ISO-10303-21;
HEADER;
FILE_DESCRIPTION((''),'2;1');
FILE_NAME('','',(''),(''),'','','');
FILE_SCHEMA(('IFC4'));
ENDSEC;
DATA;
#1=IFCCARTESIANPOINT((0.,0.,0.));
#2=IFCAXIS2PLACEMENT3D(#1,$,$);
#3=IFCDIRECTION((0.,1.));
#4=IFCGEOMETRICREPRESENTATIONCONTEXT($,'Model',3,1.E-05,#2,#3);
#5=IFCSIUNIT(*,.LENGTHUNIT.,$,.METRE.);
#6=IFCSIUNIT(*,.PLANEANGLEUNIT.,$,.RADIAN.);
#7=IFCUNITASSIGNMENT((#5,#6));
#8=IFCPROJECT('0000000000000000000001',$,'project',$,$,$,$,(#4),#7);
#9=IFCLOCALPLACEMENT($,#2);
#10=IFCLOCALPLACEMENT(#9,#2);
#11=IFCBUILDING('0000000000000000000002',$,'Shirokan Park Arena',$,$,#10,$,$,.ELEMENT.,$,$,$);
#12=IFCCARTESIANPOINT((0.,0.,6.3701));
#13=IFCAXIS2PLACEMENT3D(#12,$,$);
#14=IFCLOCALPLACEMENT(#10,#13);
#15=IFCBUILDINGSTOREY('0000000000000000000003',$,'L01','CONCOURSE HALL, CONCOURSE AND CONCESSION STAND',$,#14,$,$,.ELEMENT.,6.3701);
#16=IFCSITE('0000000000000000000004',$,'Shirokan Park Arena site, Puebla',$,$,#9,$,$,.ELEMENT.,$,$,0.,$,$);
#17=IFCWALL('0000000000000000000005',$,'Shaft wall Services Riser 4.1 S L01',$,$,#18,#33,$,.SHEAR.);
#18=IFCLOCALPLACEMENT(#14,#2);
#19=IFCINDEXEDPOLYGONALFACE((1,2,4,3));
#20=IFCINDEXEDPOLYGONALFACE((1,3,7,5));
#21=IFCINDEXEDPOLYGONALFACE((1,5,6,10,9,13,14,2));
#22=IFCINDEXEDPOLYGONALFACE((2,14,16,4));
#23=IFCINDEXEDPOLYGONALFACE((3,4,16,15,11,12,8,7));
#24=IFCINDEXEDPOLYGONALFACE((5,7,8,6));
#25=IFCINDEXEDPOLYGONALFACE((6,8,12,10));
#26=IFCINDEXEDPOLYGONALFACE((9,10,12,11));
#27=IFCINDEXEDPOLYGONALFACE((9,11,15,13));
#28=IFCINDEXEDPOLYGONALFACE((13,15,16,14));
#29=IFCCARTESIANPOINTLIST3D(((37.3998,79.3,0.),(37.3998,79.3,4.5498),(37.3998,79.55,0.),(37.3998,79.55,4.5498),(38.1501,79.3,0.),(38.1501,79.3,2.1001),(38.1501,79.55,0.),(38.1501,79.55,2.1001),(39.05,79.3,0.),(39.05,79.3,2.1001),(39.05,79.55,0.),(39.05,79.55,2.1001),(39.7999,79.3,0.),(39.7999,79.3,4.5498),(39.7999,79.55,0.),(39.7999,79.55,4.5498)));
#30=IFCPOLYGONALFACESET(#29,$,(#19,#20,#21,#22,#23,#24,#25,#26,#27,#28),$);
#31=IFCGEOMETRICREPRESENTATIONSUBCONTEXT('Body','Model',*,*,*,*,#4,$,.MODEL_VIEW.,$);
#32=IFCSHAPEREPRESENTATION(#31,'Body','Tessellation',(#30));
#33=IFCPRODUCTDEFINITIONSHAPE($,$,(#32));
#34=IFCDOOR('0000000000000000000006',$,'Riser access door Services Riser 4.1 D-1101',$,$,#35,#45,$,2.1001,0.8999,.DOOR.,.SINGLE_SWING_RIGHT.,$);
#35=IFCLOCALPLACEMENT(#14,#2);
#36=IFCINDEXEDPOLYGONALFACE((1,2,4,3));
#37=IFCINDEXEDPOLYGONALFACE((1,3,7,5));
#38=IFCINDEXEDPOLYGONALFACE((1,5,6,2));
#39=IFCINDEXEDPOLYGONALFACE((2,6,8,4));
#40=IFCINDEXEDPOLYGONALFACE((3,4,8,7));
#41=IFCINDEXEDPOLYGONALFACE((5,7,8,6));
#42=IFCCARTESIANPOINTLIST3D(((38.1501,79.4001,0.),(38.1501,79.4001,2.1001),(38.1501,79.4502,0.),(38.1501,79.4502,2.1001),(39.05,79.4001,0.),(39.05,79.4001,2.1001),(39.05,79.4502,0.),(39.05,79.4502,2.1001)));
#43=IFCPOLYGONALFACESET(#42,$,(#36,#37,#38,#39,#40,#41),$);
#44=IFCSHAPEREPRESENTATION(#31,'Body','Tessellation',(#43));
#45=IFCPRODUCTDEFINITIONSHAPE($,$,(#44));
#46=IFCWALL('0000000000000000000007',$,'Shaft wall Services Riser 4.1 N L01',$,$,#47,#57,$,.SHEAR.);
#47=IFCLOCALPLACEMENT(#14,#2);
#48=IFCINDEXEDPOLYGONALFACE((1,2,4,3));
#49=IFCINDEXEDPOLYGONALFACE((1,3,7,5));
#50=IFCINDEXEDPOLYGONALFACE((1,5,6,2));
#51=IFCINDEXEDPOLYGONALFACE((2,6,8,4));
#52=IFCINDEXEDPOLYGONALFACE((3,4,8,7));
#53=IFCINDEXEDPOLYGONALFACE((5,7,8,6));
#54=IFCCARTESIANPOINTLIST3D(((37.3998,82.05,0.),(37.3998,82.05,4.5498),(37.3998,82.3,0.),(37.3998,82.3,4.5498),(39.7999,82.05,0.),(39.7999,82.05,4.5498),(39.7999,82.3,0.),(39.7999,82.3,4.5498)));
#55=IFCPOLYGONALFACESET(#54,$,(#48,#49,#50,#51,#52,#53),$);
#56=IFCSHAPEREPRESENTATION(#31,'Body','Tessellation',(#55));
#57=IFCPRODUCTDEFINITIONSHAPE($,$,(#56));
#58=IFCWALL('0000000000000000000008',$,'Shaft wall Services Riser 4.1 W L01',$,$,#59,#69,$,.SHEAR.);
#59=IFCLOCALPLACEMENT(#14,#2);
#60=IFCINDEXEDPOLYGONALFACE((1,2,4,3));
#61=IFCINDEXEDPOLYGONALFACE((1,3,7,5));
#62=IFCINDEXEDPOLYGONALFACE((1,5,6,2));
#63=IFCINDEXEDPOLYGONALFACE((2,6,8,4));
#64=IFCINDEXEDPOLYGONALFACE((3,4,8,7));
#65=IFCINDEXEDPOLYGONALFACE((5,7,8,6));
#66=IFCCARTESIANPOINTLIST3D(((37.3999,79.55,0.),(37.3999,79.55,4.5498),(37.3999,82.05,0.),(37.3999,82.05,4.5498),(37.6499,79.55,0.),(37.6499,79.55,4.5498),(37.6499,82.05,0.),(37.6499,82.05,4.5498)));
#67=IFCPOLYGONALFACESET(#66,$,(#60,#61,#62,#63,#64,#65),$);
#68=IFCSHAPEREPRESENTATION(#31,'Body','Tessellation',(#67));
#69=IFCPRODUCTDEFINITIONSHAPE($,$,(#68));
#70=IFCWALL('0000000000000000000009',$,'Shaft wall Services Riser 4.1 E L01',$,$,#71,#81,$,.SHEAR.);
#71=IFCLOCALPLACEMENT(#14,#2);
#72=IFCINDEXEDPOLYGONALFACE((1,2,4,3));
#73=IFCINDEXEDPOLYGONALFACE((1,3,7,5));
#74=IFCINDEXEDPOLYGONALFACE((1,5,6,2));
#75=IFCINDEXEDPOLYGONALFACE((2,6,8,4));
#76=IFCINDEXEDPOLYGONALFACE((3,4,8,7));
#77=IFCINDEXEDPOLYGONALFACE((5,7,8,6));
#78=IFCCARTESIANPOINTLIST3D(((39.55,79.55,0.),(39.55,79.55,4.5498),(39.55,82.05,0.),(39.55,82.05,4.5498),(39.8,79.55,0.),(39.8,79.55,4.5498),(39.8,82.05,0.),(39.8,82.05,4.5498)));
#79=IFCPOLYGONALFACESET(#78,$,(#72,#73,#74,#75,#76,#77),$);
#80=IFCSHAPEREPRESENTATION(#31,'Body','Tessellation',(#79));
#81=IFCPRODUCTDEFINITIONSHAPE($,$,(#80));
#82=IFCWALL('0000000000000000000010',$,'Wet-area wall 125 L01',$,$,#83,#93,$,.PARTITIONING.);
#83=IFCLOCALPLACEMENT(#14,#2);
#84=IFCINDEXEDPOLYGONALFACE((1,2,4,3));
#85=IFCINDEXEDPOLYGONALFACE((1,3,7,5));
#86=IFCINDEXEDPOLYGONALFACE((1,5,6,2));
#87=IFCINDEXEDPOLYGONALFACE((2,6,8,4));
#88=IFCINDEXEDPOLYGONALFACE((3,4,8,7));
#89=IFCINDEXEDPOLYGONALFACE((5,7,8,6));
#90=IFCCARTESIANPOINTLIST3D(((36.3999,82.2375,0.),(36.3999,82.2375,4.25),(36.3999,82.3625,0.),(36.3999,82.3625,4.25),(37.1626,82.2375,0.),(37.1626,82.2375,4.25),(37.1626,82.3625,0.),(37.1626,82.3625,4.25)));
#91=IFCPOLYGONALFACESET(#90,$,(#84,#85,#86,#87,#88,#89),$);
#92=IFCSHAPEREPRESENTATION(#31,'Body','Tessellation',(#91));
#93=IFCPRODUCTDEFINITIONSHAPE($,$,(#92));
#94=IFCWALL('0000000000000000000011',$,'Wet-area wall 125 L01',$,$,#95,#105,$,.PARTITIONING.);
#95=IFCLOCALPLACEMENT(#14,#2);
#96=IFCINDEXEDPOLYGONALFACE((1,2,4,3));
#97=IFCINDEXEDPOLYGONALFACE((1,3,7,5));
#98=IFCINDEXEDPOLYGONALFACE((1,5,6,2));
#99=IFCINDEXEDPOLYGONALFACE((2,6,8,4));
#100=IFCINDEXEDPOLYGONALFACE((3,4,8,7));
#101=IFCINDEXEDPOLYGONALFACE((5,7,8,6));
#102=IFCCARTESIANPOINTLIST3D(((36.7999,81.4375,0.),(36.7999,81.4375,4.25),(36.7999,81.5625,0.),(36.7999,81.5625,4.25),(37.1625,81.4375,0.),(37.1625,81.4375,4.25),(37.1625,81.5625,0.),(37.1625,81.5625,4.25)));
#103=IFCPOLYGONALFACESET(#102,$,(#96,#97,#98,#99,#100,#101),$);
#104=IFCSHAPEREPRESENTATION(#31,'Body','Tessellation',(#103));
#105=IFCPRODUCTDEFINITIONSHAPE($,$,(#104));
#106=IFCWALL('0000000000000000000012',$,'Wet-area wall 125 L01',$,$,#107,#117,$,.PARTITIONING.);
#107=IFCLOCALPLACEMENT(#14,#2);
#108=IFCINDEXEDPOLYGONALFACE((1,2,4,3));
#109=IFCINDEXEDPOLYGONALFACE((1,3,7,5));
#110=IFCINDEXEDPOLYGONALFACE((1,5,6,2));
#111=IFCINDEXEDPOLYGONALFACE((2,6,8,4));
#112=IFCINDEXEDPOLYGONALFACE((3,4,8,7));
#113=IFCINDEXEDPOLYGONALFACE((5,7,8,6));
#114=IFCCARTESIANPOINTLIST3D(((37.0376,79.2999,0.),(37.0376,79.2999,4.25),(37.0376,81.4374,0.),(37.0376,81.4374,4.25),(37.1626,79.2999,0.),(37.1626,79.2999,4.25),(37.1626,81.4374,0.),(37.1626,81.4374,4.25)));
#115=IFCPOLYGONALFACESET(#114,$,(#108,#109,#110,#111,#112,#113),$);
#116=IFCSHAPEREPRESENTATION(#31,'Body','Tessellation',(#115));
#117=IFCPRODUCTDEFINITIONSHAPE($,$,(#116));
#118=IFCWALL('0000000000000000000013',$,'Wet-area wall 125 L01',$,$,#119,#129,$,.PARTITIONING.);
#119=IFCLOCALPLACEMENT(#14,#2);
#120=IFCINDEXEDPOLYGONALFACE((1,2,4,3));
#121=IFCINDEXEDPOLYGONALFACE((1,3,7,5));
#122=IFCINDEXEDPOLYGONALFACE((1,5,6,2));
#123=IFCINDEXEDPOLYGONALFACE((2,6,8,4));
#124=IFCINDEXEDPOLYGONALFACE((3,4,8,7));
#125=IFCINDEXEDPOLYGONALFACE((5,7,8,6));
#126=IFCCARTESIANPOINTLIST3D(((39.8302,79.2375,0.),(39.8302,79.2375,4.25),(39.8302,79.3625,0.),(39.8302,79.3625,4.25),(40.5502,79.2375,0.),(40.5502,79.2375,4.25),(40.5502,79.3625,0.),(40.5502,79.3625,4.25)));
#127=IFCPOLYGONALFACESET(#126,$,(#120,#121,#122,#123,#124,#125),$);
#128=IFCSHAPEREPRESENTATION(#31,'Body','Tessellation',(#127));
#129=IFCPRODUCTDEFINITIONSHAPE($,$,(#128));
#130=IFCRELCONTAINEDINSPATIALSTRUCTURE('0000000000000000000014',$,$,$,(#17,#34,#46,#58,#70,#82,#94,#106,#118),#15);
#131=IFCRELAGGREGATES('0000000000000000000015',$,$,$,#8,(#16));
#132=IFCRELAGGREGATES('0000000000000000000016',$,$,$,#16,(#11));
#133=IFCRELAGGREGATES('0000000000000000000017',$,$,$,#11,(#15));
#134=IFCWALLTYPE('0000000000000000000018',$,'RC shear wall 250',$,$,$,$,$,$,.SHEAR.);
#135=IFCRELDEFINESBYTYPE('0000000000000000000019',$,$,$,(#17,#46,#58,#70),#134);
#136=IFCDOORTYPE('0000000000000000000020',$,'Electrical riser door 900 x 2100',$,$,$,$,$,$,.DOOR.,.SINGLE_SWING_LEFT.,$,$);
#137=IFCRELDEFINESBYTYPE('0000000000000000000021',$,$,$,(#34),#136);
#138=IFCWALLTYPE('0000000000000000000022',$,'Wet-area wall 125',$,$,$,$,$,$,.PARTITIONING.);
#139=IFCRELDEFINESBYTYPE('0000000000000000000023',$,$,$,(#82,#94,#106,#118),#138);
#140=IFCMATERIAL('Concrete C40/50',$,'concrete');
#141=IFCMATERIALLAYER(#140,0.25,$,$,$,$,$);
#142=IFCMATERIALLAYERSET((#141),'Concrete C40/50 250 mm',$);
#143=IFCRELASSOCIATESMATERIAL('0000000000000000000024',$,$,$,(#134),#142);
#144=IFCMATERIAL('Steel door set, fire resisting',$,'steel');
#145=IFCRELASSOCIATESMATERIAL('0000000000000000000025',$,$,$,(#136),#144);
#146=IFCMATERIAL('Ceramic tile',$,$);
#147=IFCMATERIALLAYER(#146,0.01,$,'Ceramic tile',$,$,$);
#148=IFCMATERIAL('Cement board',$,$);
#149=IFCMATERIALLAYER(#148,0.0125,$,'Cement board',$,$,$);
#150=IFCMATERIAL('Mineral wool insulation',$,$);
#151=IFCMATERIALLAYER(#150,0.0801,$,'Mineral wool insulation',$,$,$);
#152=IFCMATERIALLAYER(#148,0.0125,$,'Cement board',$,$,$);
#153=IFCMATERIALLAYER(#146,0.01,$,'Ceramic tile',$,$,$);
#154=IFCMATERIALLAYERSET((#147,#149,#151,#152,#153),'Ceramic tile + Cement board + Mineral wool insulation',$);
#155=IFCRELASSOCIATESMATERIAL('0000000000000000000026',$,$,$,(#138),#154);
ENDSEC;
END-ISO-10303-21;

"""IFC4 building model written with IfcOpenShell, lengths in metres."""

from ifc_helpers import new_model, si_unit, direction, frame, frame_2d, origin, place, context, subcontext, project, spatial, rectangle, extrude, material, layer, layer_set, type_object, element, fill, save


model = new_model("IFC4")

# Units and contexts
model_context = context("Model", 3, precision=1e-05, world=origin(), true_north=direction((0.0, 1.0)))
body_context = subcontext(model_context, "Body", "Model", "MODEL_VIEW")
ifc_project = project(units=[si_unit("LENGTHUNIT", "METRE"), si_unit("PLANEANGLEUNIT", "RADIAN")], contexts=[model_context])

# Site, building, storey
site_placement = place(None, origin())
site = spatial("IfcSite", under=ifc_project, at=site_placement, Name="Shirokan Park Arena site, Puebla", CompositionType="ELEMENT", RefElevation=0.0)
building_placement = place(site_placement, origin())
building = spatial("IfcBuilding", under=site, at=building_placement, Name="Shirokan Park Arena", CompositionType="ELEMENT")
storey_placement = place(building_placement, frame((0.0, 0.0, 6.3701)))
storey = spatial("IfcBuildingStorey", under=building, at=storey_placement, Name="L01", Description="CONCOURSE HALL, CONCOURSE AND CONCESSION STAND", CompositionType="ELEMENT", Elevation=6.3701)

# Shared definitions
ifc_material_1 = material(Name="Concrete C40/50", Category="concrete")
ifc_layer_1 = layer(ifc_material_1, 0.25)
ifc_layer_set_1 = layer_set([ifc_layer_1], Name="Concrete C40/50 250 mm")
wall_type_1 = type_object("IfcWallType", Name="RC shear wall 250", PredefinedType="SHEAR", material=ifc_layer_set_1)

# Wall, opening, door
wall_1_placement = place(storey_placement, frame((39.8, 79.425, 0.0), z_axis=(0.0, 0.0, 1.0), x_axis=(-1.0, 0.0, 0.0)))
wall_1 = element("IfcWall", 1, at=wall_1_placement, inside=storey, type_object=wall_type_1, Name="Shaft wall Services Riser 4.1 S L01", PredefinedType="SHEAR", context=body_context, shape_type="SweptSolid", body=[
    extrude(rectangle(XDim=2.4001, YDim=0.25, at=frame_2d((1.2002, 0.0))), origin(), (0.0, 0.0, 1.0), 4.5498),
])
opening_placement = place(wall_1_placement, frame((0.75, 0.0, 0.0)))
opening = element("IfcOpeningElement", 2, at=opening_placement, cuts=wall_1, PredefinedType="OPENING", context=body_context, shape_type="SweptSolid", body=[
    extrude(rectangle(XDim=0.8999, YDim=2.1001, at=frame_2d((0.45, 1.05))), frame((0.0, 0.135, 0.0), z_axis=(0.0, -1.0, 0.0), x_axis=(1.0, 0.0, 0.0)), (0.0, 0.0, 1.0), 0.27),
])
ifc_material_2 = material(Name="Steel door set, fire resisting", Category="steel")
door_type = type_object("IfcDoorType", Name="Electrical riser door 900 x 2100", OperationType="SINGLE_SWING_LEFT", PredefinedType="DOOR", material=ifc_material_2)
door_placement = place(opening_placement, origin())
door = element("IfcDoor", 3, at=door_placement, inside=storey, type_object=door_type, Name="Riser access door Services Riser 4.1 D-1101", OperationType="SINGLE_SWING_RIGHT", OverallHeight=2.1001, OverallWidth=0.8999, PredefinedType="DOOR", context=body_context, shape_type="SweptSolid", body=[
    extrude(rectangle(XDim=0.8999, YDim=2.1001, at=frame_2d((0.45, 1.05))), frame((0.0, 0.0249, 0.0), z_axis=(0.0, -1.0, 0.0), x_axis=(1.0, 0.0, 0.0)), (0.0, 0.0, 1.0), 0.05),
])
fill(opening, door)

# Walls
wall_2_placement = place(storey_placement, frame((39.8, 82.175, 0.0), z_axis=(0.0, 0.0, 1.0), x_axis=(-1.0, 0.0, 0.0)))
element("IfcWall", 4, at=wall_2_placement, inside=storey, type_object=wall_type_1, Name="Shaft wall Services Riser 4.1 N L01", PredefinedType="SHEAR", context=body_context, shape_type="SweptSolid", body=[
    extrude(rectangle(XDim=2.4001, YDim=0.25, at=frame_2d((1.2002, 0.0))), origin(), (0.0, 0.0, 1.0), 4.5498),
])
for number, where, z_axis, x_axis, name in (
    (5, (37.5249, 82.05, 0.0), (0.0, 0.0, 1.0), (0.0, -1.0, 0.0), "Shaft wall Services Riser 4.1 W L01"),
    (6, (39.675, 82.05, 0.0), (0.0, 0.0, 1.0), (0.0, -1.0, 0.0), "Shaft wall Services Riser 4.1 E L01"),
):
    element("IfcWall", number, at=place(storey_placement, frame(where, z_axis=z_axis, x_axis=x_axis)), inside=storey, type_object=wall_type_1, Name=name, PredefinedType="SHEAR", context=body_context, shape_type="SweptSolid", body=[
        extrude(rectangle(XDim=2.5, YDim=0.25, at=frame_2d((1.25, 0.0))), origin(), (0.0, 0.0, 1.0), 4.5498),
    ])
ifc_material_3 = material(Name="Ceramic tile")
ifc_layer_2 = layer(ifc_material_3, 0.01, Name="Ceramic tile")
ifc_material_4 = material(Name="Cement board")
ifc_layer_3 = layer(ifc_material_4, 0.0125, Name="Cement board")
ifc_material_5 = material(Name="Mineral wool insulation")
ifc_layer_4 = layer(ifc_material_5, 0.0801, Name="Mineral wool insulation")
ifc_layer_5 = layer(ifc_material_4, 0.0125, Name="Cement board")
ifc_layer_6 = layer(ifc_material_3, 0.01, Name="Ceramic tile")
ifc_layer_set_2 = layer_set([ifc_layer_2, ifc_layer_3, ifc_layer_4, ifc_layer_5, ifc_layer_6], Name="Ceramic tile + Cement board + Mineral wool insulation")
wall_type_2 = type_object("IfcWallType", Name="Wet-area wall 125", PredefinedType="PARTITIONING", material=ifc_layer_set_2)
wall_3_placement = place(storey_placement, frame((36.3999, 82.3, 0.0), z_axis=(0.0, 0.0, 1.0), x_axis=(1.0, 0.0, 0.0)))
element("IfcWall", 7, at=wall_3_placement, inside=storey, type_object=wall_type_2, Name="Wet-area wall 125 L01", PredefinedType="PARTITIONING", context=body_context, shape_type="SweptSolid", body=[
    extrude(rectangle(XDim=0.7627, YDim=0.125, at=frame_2d((0.3813, 0.0))), origin(), (0.0, 0.0, 1.0), 4.25),
])
wall_4_placement = place(storey_placement, frame((36.8, 81.5, 0.0), z_axis=(0.0, 0.0, 1.0), x_axis=(1.0, 0.0, 0.0)))
element("IfcWall", 8, at=wall_4_placement, inside=storey, type_object=wall_type_2, Name="Wet-area wall 125 L01", PredefinedType="PARTITIONING", context=body_context, shape_type="SweptSolid", body=[
    extrude(rectangle(XDim=0.3625, YDim=0.125, at=frame_2d((0.1812, 0.0))), origin(), (0.0, 0.0, 1.0), 4.25),
])
wall_5_placement = place(storey_placement, frame((37.1001, 81.4375, 0.0), z_axis=(0.0, 0.0, 1.0), x_axis=(0.0, -1.0, 0.0)))
element("IfcWall", 9, at=wall_5_placement, inside=storey, type_object=wall_type_2, Name="Wet-area wall 125 L01", PredefinedType="PARTITIONING", context=body_context, shape_type="SweptSolid", body=[
    extrude(rectangle(XDim=2.1375, YDim=0.125, at=frame_2d((1.0688, 0.0))), origin(), (0.0, 0.0, 1.0), 4.25),
])
wall_6_placement = place(storey_placement, frame((40.55, 79.3, 0.0), z_axis=(0.0, 0.0, 1.0), x_axis=(-1.0, 0.0, 0.0)))
element("IfcWall", 10, at=wall_6_placement, inside=storey, type_object=wall_type_2, Name="Wet-area wall 125 L01", PredefinedType="PARTITIONING", context=body_context, shape_type="SweptSolid", body=[
    extrude(rectangle(XDim=0.72, YDim=0.125, at=frame_2d((0.3599, 0.0))), origin(), (0.0, 0.0, 1.0), 4.25),
])

save(model, "model.ifc")
